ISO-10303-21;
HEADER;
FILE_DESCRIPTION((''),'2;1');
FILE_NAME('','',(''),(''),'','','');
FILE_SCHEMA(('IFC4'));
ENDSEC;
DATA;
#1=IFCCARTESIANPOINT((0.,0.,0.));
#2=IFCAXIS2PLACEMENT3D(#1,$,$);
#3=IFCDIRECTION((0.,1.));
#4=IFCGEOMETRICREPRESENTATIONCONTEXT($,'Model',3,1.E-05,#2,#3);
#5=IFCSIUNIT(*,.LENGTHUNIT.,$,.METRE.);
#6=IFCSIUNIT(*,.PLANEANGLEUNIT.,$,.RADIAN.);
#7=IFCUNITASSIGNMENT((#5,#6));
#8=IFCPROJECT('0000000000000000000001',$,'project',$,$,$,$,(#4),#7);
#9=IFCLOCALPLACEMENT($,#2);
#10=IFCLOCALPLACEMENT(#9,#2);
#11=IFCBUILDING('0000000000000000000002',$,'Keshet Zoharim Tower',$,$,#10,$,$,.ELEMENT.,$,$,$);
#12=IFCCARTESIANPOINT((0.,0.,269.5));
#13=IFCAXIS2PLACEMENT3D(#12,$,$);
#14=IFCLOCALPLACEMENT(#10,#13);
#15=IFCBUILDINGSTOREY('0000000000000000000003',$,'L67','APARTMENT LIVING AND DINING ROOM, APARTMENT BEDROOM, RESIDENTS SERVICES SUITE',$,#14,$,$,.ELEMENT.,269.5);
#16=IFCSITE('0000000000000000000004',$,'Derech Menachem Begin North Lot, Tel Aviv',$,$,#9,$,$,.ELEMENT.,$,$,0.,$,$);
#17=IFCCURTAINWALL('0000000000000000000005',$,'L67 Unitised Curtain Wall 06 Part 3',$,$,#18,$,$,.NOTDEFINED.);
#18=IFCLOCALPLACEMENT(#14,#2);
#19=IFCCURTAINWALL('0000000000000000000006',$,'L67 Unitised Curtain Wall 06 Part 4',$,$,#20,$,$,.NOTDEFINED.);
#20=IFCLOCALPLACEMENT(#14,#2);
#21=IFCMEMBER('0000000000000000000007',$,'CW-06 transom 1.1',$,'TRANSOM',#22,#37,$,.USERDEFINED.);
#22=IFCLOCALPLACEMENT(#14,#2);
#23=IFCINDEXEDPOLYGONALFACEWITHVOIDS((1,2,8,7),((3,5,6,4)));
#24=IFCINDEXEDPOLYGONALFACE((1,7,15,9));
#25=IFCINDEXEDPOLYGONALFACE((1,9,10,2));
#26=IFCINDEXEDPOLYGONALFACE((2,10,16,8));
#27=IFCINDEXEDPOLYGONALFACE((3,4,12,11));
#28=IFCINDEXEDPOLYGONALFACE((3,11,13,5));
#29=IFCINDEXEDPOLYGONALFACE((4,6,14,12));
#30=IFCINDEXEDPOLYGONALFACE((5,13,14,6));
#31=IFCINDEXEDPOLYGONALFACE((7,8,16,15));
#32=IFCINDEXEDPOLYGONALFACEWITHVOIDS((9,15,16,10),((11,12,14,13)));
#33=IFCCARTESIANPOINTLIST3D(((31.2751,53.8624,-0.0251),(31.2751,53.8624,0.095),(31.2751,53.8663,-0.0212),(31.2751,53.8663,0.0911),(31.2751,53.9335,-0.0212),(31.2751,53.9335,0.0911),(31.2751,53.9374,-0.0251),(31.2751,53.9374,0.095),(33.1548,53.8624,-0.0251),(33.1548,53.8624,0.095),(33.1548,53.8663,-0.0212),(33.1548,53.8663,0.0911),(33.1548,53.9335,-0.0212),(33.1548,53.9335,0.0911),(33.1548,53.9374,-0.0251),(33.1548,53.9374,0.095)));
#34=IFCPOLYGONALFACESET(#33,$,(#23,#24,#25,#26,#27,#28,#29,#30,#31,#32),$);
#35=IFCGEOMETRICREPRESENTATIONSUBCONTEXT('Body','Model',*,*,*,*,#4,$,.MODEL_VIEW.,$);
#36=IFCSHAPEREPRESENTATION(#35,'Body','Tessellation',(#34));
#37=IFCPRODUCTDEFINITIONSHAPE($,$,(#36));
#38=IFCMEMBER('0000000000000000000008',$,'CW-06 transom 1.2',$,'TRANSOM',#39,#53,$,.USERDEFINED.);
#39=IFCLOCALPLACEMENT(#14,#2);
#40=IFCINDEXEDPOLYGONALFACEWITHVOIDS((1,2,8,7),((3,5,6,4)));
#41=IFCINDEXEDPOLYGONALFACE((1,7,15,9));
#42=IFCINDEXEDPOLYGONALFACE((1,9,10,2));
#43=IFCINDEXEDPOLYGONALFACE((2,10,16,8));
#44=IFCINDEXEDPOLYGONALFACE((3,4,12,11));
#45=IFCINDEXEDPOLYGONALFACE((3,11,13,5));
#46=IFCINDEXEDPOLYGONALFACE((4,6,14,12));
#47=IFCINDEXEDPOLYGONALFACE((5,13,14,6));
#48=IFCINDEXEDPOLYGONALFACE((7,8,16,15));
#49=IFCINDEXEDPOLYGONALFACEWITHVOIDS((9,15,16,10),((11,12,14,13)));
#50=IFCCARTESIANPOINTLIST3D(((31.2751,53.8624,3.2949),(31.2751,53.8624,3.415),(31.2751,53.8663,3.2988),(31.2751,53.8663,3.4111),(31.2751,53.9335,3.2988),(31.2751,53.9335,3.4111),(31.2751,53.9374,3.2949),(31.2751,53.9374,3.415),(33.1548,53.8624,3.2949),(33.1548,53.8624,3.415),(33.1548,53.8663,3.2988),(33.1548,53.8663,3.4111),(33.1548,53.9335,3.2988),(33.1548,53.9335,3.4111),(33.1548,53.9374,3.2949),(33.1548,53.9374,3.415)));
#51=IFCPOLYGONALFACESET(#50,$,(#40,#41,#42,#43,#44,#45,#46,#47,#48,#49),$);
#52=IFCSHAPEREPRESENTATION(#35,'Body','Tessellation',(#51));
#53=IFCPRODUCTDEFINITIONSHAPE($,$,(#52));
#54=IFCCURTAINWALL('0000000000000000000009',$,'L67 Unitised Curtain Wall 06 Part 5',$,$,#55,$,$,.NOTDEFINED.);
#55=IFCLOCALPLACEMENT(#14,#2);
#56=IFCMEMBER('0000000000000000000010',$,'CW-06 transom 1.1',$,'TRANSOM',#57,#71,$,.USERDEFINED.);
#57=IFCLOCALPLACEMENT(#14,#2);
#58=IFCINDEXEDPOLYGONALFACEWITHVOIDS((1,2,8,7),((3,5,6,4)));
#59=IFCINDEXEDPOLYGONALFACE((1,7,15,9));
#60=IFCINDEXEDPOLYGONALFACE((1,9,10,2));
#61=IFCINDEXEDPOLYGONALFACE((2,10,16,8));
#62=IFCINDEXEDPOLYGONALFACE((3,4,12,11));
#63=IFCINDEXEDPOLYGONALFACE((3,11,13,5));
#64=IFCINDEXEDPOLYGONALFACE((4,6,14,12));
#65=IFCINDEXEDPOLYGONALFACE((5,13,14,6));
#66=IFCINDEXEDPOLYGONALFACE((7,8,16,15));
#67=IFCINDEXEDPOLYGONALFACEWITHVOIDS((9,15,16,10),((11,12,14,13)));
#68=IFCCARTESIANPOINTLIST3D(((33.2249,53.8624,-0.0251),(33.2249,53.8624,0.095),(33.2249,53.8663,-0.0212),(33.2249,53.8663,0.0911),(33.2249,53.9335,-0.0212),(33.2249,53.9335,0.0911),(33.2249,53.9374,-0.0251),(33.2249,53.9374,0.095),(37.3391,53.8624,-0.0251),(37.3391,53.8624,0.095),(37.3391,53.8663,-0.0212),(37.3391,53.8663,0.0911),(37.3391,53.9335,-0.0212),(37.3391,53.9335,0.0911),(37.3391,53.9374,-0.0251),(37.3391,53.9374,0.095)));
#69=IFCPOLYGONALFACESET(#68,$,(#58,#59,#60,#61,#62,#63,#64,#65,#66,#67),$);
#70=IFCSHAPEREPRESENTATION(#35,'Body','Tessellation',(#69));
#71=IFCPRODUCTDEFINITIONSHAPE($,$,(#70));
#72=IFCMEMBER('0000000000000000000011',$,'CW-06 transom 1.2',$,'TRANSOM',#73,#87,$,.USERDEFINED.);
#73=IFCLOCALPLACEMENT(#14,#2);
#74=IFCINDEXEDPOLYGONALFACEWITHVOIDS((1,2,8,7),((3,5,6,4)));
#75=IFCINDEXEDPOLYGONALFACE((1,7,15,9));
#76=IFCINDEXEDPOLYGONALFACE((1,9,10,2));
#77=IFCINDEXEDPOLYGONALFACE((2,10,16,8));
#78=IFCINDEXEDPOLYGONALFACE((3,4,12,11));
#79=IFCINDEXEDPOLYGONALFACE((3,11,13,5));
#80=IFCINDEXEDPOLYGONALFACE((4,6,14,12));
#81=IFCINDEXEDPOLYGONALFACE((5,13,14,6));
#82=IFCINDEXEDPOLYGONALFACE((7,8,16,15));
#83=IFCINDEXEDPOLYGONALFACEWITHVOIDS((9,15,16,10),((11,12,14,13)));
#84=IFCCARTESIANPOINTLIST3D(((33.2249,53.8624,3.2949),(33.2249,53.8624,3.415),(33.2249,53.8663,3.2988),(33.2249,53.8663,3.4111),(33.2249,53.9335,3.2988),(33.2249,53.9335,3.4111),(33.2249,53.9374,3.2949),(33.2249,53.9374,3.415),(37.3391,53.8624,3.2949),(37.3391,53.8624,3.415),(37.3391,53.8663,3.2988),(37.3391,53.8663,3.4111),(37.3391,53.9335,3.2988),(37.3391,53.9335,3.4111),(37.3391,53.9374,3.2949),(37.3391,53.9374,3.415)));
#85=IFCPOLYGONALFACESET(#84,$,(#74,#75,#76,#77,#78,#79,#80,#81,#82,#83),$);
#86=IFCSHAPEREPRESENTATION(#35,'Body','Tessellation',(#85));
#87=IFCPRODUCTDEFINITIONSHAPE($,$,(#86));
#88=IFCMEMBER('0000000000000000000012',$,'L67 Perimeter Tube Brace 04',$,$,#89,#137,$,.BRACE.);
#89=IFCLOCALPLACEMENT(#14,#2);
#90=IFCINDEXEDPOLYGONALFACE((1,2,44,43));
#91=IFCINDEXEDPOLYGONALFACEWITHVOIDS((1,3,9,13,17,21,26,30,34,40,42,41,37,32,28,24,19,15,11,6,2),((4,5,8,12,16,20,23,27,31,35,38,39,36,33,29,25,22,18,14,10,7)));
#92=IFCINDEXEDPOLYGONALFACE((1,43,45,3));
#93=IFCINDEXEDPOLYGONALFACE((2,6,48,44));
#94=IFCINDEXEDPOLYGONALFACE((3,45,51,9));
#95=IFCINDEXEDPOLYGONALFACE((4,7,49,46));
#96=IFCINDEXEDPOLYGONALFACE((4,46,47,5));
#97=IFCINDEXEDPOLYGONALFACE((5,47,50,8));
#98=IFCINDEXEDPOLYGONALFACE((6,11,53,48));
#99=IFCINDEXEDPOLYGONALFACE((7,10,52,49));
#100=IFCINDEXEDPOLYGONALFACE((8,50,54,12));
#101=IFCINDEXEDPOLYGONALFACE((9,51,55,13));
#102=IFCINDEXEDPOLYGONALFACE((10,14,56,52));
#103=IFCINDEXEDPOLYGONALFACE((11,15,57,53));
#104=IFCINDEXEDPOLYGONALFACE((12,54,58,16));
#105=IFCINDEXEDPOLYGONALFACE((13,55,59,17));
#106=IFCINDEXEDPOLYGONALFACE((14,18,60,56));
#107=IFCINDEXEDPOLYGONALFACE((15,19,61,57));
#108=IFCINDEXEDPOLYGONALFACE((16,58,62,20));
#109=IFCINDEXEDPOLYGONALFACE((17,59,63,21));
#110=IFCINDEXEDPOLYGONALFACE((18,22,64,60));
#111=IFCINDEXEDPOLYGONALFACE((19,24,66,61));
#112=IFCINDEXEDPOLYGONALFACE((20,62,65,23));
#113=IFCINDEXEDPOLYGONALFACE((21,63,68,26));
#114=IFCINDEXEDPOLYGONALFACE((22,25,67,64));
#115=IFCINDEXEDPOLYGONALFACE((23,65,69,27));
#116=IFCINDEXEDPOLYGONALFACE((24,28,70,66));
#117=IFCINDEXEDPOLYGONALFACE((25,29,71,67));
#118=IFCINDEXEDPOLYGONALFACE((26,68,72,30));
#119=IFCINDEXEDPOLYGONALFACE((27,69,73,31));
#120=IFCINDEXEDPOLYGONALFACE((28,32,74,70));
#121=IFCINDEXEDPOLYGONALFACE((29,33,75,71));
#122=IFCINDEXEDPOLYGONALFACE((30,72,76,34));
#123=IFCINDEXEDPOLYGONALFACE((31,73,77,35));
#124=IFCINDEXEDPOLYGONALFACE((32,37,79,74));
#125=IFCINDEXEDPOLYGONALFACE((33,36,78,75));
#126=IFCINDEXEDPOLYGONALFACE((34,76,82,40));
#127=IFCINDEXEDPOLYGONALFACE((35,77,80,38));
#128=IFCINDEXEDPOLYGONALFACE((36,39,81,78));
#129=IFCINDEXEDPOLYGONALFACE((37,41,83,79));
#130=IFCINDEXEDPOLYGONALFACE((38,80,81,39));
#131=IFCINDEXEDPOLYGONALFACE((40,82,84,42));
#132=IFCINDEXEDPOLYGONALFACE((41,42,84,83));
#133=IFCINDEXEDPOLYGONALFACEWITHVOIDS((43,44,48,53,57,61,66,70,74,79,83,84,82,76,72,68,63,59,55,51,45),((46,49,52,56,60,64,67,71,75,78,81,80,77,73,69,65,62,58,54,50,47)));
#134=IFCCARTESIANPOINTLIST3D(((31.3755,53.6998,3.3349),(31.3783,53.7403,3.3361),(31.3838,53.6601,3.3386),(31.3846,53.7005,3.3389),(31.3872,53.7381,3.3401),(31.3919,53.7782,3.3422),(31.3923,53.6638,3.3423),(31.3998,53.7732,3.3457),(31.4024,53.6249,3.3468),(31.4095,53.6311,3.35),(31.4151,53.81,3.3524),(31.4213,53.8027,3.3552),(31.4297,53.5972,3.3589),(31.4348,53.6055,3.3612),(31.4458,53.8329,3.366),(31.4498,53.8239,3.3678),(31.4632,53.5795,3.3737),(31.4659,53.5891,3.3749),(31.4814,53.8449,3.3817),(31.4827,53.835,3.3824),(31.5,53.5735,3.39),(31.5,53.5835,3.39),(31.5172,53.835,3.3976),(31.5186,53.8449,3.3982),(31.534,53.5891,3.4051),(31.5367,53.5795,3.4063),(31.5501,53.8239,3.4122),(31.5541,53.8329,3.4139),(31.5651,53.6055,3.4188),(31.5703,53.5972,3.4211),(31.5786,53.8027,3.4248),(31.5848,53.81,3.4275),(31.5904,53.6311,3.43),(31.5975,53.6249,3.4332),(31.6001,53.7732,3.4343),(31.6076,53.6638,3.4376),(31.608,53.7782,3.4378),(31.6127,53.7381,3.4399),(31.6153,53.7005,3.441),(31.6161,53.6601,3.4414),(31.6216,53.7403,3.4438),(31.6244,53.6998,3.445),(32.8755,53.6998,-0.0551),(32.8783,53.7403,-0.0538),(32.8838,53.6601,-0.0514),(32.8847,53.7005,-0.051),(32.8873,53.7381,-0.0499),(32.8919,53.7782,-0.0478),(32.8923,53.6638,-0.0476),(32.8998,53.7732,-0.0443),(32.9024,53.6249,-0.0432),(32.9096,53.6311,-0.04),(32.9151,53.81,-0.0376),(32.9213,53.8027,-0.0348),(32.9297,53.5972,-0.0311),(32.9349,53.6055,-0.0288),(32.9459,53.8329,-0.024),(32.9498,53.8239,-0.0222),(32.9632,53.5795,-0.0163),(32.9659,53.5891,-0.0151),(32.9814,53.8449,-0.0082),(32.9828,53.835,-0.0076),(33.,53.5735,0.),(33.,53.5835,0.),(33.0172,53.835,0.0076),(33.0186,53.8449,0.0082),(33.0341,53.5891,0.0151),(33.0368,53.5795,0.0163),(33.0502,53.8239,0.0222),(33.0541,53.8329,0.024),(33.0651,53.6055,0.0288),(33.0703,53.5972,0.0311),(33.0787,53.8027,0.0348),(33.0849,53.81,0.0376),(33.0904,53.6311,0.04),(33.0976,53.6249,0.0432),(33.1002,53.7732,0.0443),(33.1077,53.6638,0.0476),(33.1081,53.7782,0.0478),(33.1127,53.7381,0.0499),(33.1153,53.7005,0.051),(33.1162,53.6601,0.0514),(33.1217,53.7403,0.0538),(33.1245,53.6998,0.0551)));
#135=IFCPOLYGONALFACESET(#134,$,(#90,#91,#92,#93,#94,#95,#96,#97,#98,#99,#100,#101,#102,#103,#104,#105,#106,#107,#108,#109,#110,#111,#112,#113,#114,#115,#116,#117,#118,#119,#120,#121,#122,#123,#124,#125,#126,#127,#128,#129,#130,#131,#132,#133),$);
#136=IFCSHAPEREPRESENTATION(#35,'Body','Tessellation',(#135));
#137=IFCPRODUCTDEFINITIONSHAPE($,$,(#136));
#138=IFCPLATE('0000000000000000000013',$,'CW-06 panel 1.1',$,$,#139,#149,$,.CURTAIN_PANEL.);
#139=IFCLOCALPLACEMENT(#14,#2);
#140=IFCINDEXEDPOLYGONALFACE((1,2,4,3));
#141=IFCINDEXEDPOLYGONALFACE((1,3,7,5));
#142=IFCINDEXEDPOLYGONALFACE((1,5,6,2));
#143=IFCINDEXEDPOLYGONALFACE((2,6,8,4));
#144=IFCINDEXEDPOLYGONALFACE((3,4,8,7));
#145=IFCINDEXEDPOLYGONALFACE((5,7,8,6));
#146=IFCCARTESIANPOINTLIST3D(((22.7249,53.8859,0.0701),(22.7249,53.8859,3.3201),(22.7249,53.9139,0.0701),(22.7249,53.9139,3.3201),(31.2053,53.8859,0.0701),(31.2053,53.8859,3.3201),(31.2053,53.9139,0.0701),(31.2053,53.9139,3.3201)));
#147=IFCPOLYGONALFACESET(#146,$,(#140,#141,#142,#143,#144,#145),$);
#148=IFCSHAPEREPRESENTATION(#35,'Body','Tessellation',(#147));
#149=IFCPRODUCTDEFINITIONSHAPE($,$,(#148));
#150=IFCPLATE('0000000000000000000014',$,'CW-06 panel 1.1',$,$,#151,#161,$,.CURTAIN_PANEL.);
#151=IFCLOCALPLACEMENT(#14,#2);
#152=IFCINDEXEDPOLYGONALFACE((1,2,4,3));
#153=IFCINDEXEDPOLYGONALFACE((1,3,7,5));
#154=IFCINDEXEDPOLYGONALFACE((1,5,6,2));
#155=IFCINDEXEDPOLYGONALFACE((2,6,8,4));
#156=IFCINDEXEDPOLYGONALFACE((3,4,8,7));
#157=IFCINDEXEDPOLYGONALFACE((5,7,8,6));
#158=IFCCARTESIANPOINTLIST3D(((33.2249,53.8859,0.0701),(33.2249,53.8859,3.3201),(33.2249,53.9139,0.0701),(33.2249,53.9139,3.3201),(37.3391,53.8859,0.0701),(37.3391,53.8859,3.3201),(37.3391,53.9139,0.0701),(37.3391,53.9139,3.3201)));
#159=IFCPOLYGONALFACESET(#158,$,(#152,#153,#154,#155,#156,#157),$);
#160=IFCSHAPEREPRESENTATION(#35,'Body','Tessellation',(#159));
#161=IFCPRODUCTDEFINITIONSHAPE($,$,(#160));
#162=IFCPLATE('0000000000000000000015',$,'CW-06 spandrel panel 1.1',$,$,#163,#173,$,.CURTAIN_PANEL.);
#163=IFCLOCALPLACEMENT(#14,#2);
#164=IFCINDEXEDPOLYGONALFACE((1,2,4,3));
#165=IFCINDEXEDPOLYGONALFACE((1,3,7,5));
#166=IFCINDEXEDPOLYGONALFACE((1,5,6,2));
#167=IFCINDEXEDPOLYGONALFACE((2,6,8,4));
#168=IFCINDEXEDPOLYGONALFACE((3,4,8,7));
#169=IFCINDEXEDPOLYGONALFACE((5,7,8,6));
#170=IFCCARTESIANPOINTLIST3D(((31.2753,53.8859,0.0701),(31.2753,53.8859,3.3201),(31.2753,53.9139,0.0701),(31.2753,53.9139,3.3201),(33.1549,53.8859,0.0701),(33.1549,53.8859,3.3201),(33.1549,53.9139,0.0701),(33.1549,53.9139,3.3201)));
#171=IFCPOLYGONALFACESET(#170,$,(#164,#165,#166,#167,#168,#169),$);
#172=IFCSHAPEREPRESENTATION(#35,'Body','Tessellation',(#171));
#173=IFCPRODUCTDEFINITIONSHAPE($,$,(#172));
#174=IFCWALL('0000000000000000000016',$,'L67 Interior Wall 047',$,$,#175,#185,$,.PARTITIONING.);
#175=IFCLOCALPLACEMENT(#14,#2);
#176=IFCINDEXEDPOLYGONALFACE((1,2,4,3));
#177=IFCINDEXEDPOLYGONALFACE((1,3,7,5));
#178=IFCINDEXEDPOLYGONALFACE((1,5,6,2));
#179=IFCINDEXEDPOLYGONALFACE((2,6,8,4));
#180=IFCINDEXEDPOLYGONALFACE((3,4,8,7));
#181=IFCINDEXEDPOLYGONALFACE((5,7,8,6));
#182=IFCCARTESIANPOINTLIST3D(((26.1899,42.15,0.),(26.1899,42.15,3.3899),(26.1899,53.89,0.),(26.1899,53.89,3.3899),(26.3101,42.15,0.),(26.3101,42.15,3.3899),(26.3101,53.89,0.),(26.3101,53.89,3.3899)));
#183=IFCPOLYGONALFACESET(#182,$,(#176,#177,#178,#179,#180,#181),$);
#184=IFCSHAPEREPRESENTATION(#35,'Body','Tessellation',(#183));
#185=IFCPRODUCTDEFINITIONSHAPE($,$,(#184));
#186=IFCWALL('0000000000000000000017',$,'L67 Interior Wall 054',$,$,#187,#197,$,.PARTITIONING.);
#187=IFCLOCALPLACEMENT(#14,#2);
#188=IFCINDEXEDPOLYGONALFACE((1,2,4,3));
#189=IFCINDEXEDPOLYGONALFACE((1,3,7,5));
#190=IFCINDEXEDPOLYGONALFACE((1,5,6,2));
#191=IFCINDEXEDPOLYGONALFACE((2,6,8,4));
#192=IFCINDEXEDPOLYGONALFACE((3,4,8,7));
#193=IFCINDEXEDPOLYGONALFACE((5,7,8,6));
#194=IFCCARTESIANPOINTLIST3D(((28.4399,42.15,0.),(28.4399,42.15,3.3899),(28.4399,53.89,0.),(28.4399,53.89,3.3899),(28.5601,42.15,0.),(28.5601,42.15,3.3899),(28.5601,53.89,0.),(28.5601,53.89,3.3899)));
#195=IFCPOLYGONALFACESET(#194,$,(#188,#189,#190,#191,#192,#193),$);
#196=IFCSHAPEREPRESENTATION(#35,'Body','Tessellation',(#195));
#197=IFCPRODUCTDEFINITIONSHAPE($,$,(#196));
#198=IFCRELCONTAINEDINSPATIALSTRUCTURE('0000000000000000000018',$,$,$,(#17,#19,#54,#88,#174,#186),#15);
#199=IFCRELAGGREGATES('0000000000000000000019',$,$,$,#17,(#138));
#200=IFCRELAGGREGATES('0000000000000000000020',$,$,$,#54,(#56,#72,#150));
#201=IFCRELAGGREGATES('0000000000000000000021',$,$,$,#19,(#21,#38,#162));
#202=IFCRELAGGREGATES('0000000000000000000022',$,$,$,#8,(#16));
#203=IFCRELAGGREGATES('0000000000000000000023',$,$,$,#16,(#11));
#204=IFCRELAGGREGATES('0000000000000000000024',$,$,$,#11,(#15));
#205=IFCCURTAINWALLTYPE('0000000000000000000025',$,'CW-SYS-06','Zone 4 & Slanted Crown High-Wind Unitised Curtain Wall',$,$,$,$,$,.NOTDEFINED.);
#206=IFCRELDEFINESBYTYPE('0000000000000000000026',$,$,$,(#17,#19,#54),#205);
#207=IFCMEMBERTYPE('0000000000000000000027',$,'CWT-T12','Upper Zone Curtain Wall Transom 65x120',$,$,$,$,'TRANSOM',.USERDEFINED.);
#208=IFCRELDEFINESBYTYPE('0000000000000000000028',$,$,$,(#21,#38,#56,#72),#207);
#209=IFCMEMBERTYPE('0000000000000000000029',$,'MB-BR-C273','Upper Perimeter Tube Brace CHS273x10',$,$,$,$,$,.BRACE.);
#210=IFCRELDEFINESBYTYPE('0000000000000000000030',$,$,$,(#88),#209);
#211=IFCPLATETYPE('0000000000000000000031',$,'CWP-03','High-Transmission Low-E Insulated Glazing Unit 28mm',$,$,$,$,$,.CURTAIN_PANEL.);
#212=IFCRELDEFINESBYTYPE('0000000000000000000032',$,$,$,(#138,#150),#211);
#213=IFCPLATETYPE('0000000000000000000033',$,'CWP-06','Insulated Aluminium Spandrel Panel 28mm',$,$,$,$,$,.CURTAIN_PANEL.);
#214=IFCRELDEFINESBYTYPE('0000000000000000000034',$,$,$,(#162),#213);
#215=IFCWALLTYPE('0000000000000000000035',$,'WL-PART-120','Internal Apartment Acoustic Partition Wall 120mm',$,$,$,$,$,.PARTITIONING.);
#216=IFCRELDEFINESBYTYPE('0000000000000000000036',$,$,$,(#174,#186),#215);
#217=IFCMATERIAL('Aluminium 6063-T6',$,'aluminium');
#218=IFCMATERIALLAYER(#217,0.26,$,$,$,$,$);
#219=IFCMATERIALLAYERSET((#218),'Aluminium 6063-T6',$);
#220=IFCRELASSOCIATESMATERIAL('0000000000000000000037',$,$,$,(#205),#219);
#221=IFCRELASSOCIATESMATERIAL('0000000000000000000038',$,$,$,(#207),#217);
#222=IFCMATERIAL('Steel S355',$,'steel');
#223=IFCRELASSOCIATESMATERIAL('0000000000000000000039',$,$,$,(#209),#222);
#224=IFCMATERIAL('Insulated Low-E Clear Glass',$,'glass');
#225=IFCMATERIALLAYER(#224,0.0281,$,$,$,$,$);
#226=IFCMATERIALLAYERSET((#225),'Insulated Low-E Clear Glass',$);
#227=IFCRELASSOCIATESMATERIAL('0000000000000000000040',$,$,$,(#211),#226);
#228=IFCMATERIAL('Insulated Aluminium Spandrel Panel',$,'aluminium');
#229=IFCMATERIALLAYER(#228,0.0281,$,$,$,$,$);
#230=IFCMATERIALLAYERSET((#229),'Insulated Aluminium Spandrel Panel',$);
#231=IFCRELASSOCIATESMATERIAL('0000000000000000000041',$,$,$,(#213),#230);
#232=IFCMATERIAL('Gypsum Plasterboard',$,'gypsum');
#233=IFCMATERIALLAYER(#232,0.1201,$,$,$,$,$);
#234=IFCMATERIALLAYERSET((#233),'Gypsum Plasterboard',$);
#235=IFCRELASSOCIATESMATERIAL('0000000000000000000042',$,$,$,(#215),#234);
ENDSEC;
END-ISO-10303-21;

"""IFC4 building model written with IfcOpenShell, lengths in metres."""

from ifc_helpers import new_model, si_unit, direction, frame, frame_2d, origin, origin_2d, place, context, subcontext, project, spatial, rectangle, hollow_rectangle, hollow_circle, extrude, material, layer, layer_set, material_profile, profile_set, type_object, element, aggregate, save


model = new_model("IFC4")

# Units and contexts
model_context = context("Model", 3, precision=1e-05, world=origin(), true_north=direction((0.0, 1.0)))
body_context = subcontext(model_context, "Body", "Model", "MODEL_VIEW")
ifc_project = project(units=[si_unit("LENGTHUNIT", "METRE"), si_unit("PLANEANGLEUNIT", "RADIAN")], contexts=[model_context])

# Site, building, storey
site_placement = place(None, origin())
site = spatial("IfcSite", under=ifc_project, at=site_placement, Name="Derech Menachem Begin North Lot, Tel Aviv", CompositionType="ELEMENT", RefElevation=0.0)
building_placement = place(site_placement, origin())
building = spatial("IfcBuilding", under=site, at=building_placement, Name="Keshet Zoharim Tower", CompositionType="ELEMENT")
storey_placement = place(building_placement, frame((0.0, 0.0, 269.5)))
storey = spatial("IfcBuildingStorey", under=building, at=storey_placement, Name="L67", Description="APARTMENT LIVING AND DINING ROOM, APARTMENT BEDROOM, RESIDENTS SERVICES SUITE", CompositionType="ELEMENT", Elevation=269.5)

# Shared definitions
ifc_material_1 = material(Name="Steel S355", Category="steel")

# Curtain wall
ifc_material_2 = material(Name="Aluminium 6063-T6", Category="aluminium")
ifc_layer_1 = layer(ifc_material_2, 0.26)
ifc_layer_set_1 = layer_set([ifc_layer_1], Name="Aluminium 6063-T6")
curtain_wall_type = type_object("IfcCurtainWallType", Name="CW-SYS-06", Description="Zone 4 & Slanted Crown High-Wind Unitised Curtain Wall", PredefinedType="NOTDEFINED", material=ifc_layer_set_1)
curtain_wall_1_placement = place(storey_placement, origin())
curtain_wall_1 = element("IfcCurtainWall", 1, at=curtain_wall_1_placement, inside=storey, type_object=curtain_wall_type, Name="L67 Unitised Curtain Wall 06 Part 3", PredefinedType="NOTDEFINED")

# Curtain walls, members
curtain_wall_2_placement = place(storey_placement, origin())
curtain_wall_2 = element("IfcCurtainWall", 2, at=curtain_wall_2_placement, inside=storey, type_object=curtain_wall_type, Name="L67 Unitised Curtain Wall 06 Part 4", PredefinedType="NOTDEFINED")
ifc_material_profile_1 = material_profile(ifc_material_2, hollow_rectangle(XDim=0.075, YDim=0.1201, WallThickness=0.0039, at=origin_2d()), Name="TRN-75x120")
ifc_profile_set_1 = profile_set([ifc_material_profile_1], Name="Aluminium 6063-T6")
member_type_1 = type_object("IfcMemberType", Name="CWT-T12", Description="Upper Zone Curtain Wall Transom 65x120", ElementType="TRANSOM", PredefinedType="USERDEFINED", material=ifc_profile_set_1)
member_1_placement = place(storey_placement, frame((31.2751, 53.8999, 0.0349), z_axis=(1.0, 0.0, 0.0), x_axis=(0.0, 1.0, 0.0)))
member_1 = element("IfcMember", 3, at=member_1_placement, type_object=member_type_1, Name="CW-06 transom 1.1", ObjectType="TRANSOM", PredefinedType="USERDEFINED", context=body_context, shape_type="SweptSolid", body=[
    extrude(hollow_rectangle(XDim=0.075, YDim=0.1201, WallThickness=0.0039, at=origin_2d()), origin(), (0.0, 0.0, 1.0), 1.8796),
])
member_2_placement = place(storey_placement, frame((31.2751, 53.8999, 3.355), z_axis=(1.0, 0.0, 0.0), x_axis=(0.0, 1.0, 0.0)))
member_2 = element("IfcMember", 4, at=member_2_placement, type_object=member_type_1, Name="CW-06 transom 1.2", ObjectType="TRANSOM", PredefinedType="USERDEFINED", context=body_context, shape_type="SweptSolid", body=[
    extrude(hollow_rectangle(XDim=0.075, YDim=0.1201, WallThickness=0.0039, at=origin_2d()), origin(), (0.0, 0.0, 1.0), 1.8796),
])
curtain_wall_3_placement = place(storey_placement, origin())
curtain_wall_3 = element("IfcCurtainWall", 5, at=curtain_wall_3_placement, inside=storey, type_object=curtain_wall_type, Name="L67 Unitised Curtain Wall 06 Part 5", PredefinedType="NOTDEFINED")
member_3_placement = place(storey_placement, frame((33.2249, 53.8999, 0.0349), z_axis=(1.0, 0.0, 0.0), x_axis=(0.0, 1.0, 0.0)))
member_3 = element("IfcMember", 6, at=member_3_placement, type_object=member_type_1, Name="CW-06 transom 1.1", ObjectType="TRANSOM", PredefinedType="USERDEFINED", context=body_context, shape_type="SweptSolid", body=[
    extrude(hollow_rectangle(XDim=0.075, YDim=0.1201, WallThickness=0.0039, at=origin_2d()), origin(), (0.0, 0.0, 1.0), 4.1143),
])
member_4_placement = place(storey_placement, frame((33.2249, 53.8999, 3.355), z_axis=(1.0, 0.0, 0.0), x_axis=(0.0, 1.0, 0.0)))
member_4 = element("IfcMember", 7, at=member_4_placement, type_object=member_type_1, Name="CW-06 transom 1.2", ObjectType="TRANSOM", PredefinedType="USERDEFINED", context=body_context, shape_type="SweptSolid", body=[
    extrude(hollow_rectangle(XDim=0.075, YDim=0.1201, WallThickness=0.0039, at=origin_2d()), origin(), (0.0, 0.0, 1.0), 4.1143),
])

# Member
ifc_material_profile_2 = material_profile(ifc_material_1, hollow_circle(Radius=0.1365, WallThickness=0.01, at=origin_2d()), Name="CHS273x10")
ifc_profile_set_2 = profile_set([ifc_material_profile_2], Name="Steel S355")
member_type_2 = type_object("IfcMemberType", Name="MB-BR-C273", Description="Upper Perimeter Tube Brace CHS273x10", PredefinedType="BRACE", material=ifc_profile_set_2)
member_5_placement = place(storey_placement, frame((33.0, 53.71, 0.0), z_axis=(-0.404647, 0.0, 0.914473), x_axis=(0.0, -1.0, 0.0)))
element("IfcMember", 8, at=member_5_placement, inside=storey, type_object=member_type_2, Name="L67 Perimeter Tube Brace 04", PredefinedType="BRACE", context=body_context, shape_type="SweptSolid", body=[
    extrude(hollow_circle(Radius=0.1365, WallThickness=0.01, at=origin_2d()), origin(), (0.0, 0.0, 1.0), 3.707),
])

# Plates
ifc_material_3 = material(Name="Insulated Low-E Clear Glass", Category="glass")
ifc_layer_2 = layer(ifc_material_3, 0.0281)
ifc_layer_set_2 = layer_set([ifc_layer_2], Name="Insulated Low-E Clear Glass")
plate_type_1 = type_object("IfcPlateType", Name="CWP-03", Description="High-Transmission Low-E Insulated Glazing Unit 28mm", PredefinedType="CURTAIN_PANEL", material=ifc_layer_set_2)
plate_1_placement = place(storey_placement, frame((26.9651, 53.8999, 0.0701), z_axis=(0.0, 0.0, 1.0), x_axis=(1.0, 0.0, 0.0)))
plate_1 = element("IfcPlate", 9, at=plate_1_placement, type_object=plate_type_1, Name="CW-06 panel 1.1", PredefinedType="CURTAIN_PANEL", context=body_context, shape_type="SweptSolid", body=[
    extrude(rectangle(XDim=8.4805, YDim=0.0281, at=origin_2d()), origin(), (0.0, 0.0, 1.0), 3.25),
])
aggregate(curtain_wall_1, [plate_1])
plate_2_placement = place(storey_placement, frame((35.282, 53.8999, 0.0701), z_axis=(0.0, 0.0, 1.0), x_axis=(1.0, 0.0, 0.0)))
plate_2 = element("IfcPlate", 10, at=plate_2_placement, type_object=plate_type_1, Name="CW-06 panel 1.1", PredefinedType="CURTAIN_PANEL", context=body_context, shape_type="SweptSolid", body=[
    extrude(rectangle(XDim=4.1143, YDim=0.0281, at=origin_2d()), origin(), (0.0, 0.0, 1.0), 3.25),
])
aggregate(curtain_wall_3, [member_3, member_4, plate_2])
ifc_material_4 = material(Name="Insulated Aluminium Spandrel Panel", Category="aluminium")
ifc_layer_3 = layer(ifc_material_4, 0.0281)
ifc_layer_set_3 = layer_set([ifc_layer_3], Name="Insulated Aluminium Spandrel Panel")
plate_type_2 = type_object("IfcPlateType", Name="CWP-06", Description="Insulated Aluminium Spandrel Panel 28mm", PredefinedType="CURTAIN_PANEL", material=ifc_layer_set_3)
plate_3_placement = place(storey_placement, frame((32.2151, 53.8999, 0.0701), z_axis=(0.0, 0.0, 1.0), x_axis=(1.0, 0.0, 0.0)))
plate_3 = element("IfcPlate", 11, at=plate_3_placement, type_object=plate_type_2, Name="CW-06 spandrel panel 1.1", PredefinedType="CURTAIN_PANEL", context=body_context, shape_type="SweptSolid", body=[
    extrude(rectangle(XDim=1.8796, YDim=0.0281, at=origin_2d()), origin(), (0.0, 0.0, 1.0), 3.25),
])
aggregate(curtain_wall_2, [member_1, member_2, plate_3])

# Walls
ifc_material_5 = material(Name="Gypsum Plasterboard", Category="gypsum")
ifc_layer_4 = layer(ifc_material_5, 0.1201)
ifc_layer_set_4 = layer_set([ifc_layer_4], Name="Gypsum Plasterboard")
wall_type_1 = type_object("IfcWallType", Name="WL-PART-120", Description="Internal Apartment Acoustic Partition Wall 120mm", PredefinedType="PARTITIONING", material=ifc_layer_set_4)
for number, where, z_axis, x_axis, name in (
    (12, (26.25, 42.1499, 0.0), (0.0, 0.0, 1.0), (0.0, 1.0, 0.0), "L67 Interior Wall 047"),
    (13, (28.5, 42.1499, 0.0), (0.0, 0.0, 1.0), (0.0, 1.0, 0.0), "L67 Interior Wall 054"),
):
    element("IfcWall", number, at=place(storey_placement, frame(where, z_axis=z_axis, x_axis=x_axis)), inside=storey, type_object=wall_type_1, Name=name, PredefinedType="PARTITIONING", context=body_context, shape_type="SweptSolid", body=[
        extrude(rectangle(XDim=11.74, YDim=0.1201, at=frame_2d((5.8701, 0.0))), origin(), (0.0, 0.0, 1.0), 3.3899),
    ])

save(model, "model.ifc")
